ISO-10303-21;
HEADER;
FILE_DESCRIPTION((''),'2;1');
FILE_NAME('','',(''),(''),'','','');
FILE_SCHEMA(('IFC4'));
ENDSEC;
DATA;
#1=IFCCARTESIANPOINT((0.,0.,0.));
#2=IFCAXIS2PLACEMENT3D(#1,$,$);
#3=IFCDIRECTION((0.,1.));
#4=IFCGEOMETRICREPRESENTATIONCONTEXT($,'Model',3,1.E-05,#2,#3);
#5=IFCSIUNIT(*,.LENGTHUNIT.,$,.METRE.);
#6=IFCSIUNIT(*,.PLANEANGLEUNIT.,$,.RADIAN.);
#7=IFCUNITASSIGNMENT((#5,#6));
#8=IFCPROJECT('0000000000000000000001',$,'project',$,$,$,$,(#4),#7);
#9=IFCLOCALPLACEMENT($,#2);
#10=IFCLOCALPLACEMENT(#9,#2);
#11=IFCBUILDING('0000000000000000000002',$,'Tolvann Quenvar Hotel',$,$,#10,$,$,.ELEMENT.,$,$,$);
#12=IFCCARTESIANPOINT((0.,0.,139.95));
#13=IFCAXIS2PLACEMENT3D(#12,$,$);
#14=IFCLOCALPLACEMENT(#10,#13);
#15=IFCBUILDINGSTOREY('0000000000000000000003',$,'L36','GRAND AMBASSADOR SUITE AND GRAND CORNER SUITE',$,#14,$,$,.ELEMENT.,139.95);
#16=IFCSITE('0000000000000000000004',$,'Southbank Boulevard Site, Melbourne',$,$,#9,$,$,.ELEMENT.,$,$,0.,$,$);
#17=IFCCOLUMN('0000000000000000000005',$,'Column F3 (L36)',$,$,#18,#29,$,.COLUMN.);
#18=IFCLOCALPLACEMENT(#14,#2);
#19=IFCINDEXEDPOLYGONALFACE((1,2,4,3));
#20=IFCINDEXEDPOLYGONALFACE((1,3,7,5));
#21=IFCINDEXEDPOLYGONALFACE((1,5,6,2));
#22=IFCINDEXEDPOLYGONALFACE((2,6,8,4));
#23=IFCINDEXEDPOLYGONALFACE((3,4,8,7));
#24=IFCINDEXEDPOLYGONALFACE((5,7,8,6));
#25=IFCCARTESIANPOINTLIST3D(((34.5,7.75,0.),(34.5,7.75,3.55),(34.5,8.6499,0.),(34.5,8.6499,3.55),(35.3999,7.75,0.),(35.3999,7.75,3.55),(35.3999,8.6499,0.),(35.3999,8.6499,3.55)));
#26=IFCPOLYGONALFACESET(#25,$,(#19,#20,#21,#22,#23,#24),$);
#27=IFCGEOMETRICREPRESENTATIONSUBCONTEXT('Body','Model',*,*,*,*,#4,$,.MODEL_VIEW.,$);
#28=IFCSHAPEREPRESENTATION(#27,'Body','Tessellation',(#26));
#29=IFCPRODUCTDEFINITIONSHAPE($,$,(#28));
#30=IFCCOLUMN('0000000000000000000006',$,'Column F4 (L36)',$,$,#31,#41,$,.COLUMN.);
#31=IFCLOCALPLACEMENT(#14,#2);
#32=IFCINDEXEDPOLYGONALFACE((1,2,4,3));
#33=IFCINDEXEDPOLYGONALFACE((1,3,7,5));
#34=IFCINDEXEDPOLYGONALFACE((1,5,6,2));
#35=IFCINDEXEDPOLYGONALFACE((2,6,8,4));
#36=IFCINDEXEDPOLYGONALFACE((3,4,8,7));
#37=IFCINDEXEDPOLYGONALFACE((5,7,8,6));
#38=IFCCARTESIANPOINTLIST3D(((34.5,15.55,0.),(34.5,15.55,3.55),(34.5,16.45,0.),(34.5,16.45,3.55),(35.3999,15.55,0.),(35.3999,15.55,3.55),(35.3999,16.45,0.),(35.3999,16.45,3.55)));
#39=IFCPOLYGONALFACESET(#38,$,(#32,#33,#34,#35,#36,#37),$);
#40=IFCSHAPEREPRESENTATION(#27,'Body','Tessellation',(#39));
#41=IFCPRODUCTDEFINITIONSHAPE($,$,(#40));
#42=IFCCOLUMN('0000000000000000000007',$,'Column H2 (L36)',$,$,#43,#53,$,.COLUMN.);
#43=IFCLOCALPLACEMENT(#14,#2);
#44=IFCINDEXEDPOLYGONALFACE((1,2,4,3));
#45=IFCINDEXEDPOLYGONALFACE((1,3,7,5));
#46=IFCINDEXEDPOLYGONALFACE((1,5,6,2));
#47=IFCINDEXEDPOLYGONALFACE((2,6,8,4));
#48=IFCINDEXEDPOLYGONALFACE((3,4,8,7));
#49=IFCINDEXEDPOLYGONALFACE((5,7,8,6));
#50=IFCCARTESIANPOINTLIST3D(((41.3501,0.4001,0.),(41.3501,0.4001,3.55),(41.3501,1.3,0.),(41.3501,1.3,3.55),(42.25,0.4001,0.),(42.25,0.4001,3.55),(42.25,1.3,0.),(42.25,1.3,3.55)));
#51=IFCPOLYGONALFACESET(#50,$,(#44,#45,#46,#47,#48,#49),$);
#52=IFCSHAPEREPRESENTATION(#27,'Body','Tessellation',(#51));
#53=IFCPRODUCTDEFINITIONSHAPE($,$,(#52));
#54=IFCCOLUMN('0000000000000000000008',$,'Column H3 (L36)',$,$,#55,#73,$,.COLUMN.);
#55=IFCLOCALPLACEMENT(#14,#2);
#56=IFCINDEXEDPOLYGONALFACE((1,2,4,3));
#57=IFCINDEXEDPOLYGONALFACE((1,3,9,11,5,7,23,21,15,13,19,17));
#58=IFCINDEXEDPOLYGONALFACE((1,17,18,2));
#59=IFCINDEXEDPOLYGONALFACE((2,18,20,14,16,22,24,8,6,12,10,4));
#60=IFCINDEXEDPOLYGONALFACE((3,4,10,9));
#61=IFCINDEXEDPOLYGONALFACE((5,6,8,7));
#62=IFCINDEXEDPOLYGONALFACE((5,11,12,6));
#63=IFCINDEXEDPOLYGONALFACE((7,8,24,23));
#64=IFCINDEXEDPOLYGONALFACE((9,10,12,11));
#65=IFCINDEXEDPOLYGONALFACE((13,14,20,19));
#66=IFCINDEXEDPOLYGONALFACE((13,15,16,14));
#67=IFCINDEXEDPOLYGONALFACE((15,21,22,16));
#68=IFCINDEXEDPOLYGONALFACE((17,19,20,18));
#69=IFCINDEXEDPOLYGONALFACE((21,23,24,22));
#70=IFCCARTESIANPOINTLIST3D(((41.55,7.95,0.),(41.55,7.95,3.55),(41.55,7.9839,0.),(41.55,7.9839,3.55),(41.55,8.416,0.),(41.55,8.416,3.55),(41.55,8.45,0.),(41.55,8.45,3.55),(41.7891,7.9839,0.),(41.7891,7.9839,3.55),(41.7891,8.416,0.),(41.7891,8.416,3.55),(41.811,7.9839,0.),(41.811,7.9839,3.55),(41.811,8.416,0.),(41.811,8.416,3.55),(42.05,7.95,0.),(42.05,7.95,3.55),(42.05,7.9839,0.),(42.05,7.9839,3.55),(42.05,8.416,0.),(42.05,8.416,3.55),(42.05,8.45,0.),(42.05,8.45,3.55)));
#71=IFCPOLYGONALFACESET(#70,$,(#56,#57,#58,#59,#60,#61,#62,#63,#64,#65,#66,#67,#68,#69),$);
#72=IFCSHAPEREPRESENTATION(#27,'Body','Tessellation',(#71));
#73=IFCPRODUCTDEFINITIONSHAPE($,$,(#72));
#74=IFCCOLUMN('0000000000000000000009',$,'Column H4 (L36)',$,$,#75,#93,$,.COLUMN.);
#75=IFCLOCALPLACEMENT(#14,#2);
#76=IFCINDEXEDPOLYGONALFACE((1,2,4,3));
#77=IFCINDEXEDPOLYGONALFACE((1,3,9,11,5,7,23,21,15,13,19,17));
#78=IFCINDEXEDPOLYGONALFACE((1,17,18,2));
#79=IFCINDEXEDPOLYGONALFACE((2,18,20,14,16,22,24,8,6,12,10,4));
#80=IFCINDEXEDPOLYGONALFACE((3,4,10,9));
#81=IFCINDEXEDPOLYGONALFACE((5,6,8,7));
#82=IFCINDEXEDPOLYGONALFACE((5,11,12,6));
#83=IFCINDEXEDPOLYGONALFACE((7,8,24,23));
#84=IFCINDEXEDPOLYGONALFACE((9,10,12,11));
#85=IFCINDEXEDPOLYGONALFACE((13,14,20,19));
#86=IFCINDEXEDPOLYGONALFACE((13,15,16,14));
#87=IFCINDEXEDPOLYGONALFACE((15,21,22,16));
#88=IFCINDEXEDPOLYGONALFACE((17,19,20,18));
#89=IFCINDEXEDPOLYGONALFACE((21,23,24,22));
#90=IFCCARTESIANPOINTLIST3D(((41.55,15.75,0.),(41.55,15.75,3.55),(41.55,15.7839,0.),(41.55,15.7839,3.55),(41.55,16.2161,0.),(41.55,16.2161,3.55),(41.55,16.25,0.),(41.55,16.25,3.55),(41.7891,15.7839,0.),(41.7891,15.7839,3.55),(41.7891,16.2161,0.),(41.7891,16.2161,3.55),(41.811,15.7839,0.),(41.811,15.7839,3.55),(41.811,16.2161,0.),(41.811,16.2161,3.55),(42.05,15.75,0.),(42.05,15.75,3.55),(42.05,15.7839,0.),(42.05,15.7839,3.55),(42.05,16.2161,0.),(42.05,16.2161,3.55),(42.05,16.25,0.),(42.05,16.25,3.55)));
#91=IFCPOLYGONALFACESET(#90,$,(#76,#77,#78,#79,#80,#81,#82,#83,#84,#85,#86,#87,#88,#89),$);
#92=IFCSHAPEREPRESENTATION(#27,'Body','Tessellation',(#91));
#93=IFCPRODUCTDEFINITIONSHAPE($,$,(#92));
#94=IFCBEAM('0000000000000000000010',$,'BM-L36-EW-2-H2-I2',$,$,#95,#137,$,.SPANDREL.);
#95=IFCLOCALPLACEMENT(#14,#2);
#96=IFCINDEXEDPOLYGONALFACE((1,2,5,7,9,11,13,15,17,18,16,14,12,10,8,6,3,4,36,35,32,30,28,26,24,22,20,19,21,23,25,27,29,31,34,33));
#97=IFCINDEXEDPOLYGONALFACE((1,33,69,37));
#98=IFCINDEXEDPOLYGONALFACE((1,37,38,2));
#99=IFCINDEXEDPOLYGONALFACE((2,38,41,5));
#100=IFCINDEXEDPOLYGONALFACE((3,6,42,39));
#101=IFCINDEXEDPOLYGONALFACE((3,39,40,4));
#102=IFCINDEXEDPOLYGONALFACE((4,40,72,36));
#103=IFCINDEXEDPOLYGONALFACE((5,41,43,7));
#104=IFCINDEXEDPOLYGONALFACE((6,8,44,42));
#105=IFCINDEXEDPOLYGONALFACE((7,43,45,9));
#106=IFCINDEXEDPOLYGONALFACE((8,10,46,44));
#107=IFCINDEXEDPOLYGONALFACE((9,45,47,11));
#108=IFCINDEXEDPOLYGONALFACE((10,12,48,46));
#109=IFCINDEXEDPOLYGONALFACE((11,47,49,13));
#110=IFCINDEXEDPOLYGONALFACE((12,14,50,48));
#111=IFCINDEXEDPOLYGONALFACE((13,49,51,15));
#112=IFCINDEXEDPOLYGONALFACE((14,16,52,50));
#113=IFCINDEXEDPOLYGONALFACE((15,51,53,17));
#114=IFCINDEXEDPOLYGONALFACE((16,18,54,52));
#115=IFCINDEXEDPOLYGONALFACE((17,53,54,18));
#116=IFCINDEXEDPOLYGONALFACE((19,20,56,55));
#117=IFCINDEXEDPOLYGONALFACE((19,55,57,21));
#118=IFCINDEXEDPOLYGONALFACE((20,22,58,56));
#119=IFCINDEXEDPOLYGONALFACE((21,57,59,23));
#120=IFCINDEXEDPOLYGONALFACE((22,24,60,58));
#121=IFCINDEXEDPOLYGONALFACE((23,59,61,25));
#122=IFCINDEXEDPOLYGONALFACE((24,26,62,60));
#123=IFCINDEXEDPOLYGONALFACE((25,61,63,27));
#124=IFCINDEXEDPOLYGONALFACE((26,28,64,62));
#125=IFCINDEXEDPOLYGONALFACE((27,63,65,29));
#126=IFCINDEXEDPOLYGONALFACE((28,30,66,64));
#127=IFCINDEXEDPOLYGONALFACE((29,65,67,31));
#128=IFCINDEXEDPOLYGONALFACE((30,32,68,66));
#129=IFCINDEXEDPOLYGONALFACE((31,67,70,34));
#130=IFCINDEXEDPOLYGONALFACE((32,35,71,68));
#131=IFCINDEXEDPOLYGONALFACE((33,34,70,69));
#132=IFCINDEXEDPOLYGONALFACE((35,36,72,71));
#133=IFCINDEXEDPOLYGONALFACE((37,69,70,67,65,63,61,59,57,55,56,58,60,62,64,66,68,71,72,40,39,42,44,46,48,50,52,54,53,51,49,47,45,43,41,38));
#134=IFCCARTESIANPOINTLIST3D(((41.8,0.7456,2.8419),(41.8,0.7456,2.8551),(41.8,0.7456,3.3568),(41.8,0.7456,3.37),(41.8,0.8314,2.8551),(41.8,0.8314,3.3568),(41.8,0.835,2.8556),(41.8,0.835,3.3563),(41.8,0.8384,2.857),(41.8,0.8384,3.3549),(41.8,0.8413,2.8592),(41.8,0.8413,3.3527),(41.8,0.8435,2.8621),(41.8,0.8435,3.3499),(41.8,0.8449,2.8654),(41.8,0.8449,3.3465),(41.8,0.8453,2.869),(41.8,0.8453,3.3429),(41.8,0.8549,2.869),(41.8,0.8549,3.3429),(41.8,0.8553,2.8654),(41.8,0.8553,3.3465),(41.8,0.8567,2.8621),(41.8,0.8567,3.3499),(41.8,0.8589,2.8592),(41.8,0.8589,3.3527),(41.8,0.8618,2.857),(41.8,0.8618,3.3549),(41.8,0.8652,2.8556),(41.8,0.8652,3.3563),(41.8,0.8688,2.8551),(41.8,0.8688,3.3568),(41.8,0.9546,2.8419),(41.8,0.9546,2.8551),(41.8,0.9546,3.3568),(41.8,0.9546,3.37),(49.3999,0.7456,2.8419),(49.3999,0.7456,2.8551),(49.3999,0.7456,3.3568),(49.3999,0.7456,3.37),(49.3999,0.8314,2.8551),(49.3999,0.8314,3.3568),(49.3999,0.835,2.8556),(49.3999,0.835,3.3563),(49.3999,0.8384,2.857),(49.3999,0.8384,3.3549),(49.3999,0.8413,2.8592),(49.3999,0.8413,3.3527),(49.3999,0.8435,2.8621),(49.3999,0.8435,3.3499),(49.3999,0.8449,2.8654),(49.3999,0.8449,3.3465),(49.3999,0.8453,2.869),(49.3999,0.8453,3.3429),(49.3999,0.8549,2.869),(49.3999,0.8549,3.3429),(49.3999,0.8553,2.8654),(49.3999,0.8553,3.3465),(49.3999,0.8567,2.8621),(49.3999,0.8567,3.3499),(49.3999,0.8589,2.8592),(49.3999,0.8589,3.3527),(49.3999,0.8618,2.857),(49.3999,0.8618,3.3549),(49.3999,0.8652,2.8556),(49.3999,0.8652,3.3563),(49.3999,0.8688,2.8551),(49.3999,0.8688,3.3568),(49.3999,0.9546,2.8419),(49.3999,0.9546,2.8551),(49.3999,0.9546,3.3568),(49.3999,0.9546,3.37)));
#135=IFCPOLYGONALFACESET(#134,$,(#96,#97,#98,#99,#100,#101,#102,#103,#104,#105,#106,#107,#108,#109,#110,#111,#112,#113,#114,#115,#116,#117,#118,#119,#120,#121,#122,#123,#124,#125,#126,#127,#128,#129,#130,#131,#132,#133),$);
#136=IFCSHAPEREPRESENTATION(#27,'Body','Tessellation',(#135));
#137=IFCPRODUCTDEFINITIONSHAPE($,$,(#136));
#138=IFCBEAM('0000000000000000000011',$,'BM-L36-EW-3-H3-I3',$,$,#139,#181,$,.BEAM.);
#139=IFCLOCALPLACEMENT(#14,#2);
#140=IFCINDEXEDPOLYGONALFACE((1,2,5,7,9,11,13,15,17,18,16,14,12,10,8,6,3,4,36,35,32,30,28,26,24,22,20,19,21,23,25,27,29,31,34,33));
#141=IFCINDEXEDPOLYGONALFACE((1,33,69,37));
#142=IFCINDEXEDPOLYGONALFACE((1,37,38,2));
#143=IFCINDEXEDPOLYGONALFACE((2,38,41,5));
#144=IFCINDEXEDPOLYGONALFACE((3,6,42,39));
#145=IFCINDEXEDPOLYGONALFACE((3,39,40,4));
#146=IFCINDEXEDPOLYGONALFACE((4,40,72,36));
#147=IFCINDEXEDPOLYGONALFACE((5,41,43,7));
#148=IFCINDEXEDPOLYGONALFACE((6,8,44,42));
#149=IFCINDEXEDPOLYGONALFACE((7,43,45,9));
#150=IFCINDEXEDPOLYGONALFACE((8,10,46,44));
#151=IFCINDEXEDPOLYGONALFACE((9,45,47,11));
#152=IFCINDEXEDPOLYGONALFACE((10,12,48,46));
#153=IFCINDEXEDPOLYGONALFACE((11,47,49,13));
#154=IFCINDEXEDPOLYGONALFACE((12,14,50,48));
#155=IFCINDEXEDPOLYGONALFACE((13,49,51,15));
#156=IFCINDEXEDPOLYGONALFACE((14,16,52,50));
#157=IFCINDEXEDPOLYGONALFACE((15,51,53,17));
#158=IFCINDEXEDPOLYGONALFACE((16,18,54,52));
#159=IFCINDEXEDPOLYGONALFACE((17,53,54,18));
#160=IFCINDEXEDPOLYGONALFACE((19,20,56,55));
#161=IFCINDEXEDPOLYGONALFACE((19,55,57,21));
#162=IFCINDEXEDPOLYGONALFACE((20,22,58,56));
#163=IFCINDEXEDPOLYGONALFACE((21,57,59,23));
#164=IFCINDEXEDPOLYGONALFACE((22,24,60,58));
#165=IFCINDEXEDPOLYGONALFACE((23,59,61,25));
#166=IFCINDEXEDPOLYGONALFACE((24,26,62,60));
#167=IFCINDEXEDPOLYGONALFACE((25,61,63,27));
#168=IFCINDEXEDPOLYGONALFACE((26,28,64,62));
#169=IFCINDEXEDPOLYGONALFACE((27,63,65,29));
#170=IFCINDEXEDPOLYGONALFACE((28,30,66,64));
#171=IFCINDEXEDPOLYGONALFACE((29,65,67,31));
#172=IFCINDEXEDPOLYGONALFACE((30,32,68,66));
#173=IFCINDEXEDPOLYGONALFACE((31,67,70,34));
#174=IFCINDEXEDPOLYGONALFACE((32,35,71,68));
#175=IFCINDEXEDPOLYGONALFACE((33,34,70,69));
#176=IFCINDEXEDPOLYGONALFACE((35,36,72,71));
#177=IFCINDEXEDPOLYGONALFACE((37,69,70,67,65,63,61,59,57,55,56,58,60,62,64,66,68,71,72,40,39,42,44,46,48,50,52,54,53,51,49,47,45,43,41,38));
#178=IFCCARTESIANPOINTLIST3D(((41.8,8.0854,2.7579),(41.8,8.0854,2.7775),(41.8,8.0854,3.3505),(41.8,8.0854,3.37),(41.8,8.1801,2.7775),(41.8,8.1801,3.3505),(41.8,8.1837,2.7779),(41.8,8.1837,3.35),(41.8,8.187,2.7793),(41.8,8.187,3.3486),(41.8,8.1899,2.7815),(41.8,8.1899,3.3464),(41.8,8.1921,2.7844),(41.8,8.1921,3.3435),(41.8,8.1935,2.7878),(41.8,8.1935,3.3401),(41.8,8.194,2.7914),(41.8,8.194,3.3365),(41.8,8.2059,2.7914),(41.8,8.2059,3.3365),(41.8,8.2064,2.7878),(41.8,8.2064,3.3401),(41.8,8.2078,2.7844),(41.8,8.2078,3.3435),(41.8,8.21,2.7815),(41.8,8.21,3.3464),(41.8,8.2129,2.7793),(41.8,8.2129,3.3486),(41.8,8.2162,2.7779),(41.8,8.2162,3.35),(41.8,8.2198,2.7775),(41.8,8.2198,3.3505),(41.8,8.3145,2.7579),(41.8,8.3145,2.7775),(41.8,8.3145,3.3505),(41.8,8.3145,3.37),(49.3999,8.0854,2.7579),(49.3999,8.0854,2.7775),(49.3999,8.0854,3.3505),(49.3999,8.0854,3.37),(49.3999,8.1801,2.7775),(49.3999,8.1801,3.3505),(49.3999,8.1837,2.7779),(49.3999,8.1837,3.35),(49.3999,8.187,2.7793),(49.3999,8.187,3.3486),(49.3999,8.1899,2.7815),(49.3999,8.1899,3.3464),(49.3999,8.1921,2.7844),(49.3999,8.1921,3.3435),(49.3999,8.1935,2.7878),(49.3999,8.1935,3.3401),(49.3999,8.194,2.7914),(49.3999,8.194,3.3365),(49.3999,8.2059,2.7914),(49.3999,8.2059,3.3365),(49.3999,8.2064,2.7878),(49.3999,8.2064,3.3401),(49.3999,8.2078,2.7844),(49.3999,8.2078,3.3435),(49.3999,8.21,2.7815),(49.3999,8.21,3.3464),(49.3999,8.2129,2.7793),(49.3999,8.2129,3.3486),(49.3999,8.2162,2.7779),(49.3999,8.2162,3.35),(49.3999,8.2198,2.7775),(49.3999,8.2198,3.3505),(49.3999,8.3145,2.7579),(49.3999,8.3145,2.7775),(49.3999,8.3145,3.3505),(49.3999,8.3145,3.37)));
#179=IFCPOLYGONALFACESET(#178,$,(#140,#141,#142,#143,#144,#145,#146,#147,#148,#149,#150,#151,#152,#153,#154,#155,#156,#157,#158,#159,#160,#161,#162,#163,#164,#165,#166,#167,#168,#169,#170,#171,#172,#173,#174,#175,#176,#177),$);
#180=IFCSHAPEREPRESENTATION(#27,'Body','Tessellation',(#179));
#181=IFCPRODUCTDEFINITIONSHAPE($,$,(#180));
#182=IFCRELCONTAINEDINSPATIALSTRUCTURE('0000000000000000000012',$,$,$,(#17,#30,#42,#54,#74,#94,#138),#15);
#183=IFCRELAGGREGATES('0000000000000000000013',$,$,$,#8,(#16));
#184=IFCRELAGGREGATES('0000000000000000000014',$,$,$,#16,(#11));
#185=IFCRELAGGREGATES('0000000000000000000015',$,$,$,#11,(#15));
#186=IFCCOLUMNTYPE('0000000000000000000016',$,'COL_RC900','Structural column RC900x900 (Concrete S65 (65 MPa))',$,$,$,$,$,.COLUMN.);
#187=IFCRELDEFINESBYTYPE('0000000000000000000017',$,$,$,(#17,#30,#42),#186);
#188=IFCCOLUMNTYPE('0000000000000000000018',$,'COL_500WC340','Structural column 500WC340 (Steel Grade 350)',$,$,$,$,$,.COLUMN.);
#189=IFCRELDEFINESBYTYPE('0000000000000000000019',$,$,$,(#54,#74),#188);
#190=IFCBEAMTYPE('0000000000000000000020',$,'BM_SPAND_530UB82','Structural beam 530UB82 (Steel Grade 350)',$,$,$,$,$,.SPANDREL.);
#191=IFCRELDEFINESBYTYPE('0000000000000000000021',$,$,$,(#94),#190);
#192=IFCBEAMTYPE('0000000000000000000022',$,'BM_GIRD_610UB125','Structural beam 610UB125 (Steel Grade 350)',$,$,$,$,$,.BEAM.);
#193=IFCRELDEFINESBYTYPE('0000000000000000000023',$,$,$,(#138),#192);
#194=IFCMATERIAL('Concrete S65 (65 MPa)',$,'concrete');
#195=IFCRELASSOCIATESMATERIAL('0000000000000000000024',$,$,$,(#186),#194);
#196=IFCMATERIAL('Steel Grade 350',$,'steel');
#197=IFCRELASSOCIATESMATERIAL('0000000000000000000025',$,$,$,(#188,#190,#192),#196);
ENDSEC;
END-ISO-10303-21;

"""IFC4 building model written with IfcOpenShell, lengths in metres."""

from ifc_helpers import new_model, si_unit, direction, frame, origin, origin_2d, place, context, subcontext, project, spatial, rectangle, i_section, extrude, source, transform, mapped, material, material_profile, profile_set, type_object, type_shapes, element, save


model = new_model("IFC4")

# Units and contexts
model_context = context("Model", 3, precision=1e-05, world=origin(), true_north=direction((0.0, 1.0)))
body_context = subcontext(model_context, "Body", "Model", "MODEL_VIEW")
ifc_project = project(units=[si_unit("LENGTHUNIT", "METRE"), si_unit("PLANEANGLEUNIT", "RADIAN")], contexts=[model_context])

# Site, building, storey
site_placement = place(None, origin())
site = spatial("IfcSite", under=ifc_project, at=site_placement, Name="Southbank Boulevard Site, Melbourne", CompositionType="ELEMENT", RefElevation=0.0)
building_placement = place(site_placement, origin())
building = spatial("IfcBuilding", under=site, at=building_placement, Name="Tolvann Quenvar Hotel", CompositionType="ELEMENT")
storey_placement = place(building_placement, frame((0.0, 0.0, 139.95)))
storey = spatial("IfcBuildingStorey", under=building, at=storey_placement, Name="L36", Description="GRAND AMBASSADOR SUITE AND GRAND CORNER SUITE", CompositionType="ELEMENT", Elevation=139.95)

# Columns
ifc_material_1 = material(Name="Concrete S65 (65 MPa)", Category="concrete")
ifc_material_profile_1 = material_profile(ifc_material_1, rectangle(XDim=0.8999, YDim=0.8999, at=origin_2d()), Name="RC900x900")
ifc_profile_set_1 = profile_set([ifc_material_profile_1], Name="Concrete S65 (65 MPa)")
column_type_1 = type_object("IfcColumnType", Name="COL_RC900", Description="Structural column RC900x900 (Concrete S65 (65 MPa))", PredefinedType="COLUMN", material=ifc_profile_set_1)
shared_shape_1 = source(origin(), body_context, "Body", "SweptSolid", [
    extrude(rectangle(XDim=0.8999, YDim=0.8999, at=origin_2d()), origin(), (0.0, 0.0, 1.0), 3.55),
])
type_shapes(column_type_1, [shared_shape_1])
for number, where, z_axis, x_axis, name in (
    (1, (34.95, 8.2, 0.0), (0.0, 0.0, 1.0), (1.0, 0.0, 0.0), "Column F3 (L36)"),
    (2, (34.95, 16.0, 0.0), (0.0, 0.0, 1.0), (1.0, 0.0, 0.0), "Column F4 (L36)"),
    (3, (41.8, 0.8501, 0.0), (0.0, 0.0, 1.0), (1.0, 0.0, 0.0), "Column H2 (L36)"),
):
    element("IfcColumn", number, at=place(storey_placement, frame(where, z_axis=z_axis, x_axis=x_axis)), inside=storey, type_object=column_type_1, Name=name, PredefinedType="COLUMN", context=body_context, shape_type="MappedRepresentation", body=[
        mapped(shared_shape_1, transform((0.0, 0.0, 0.0), x_axis=(1.0, 0.0, 0.0), y_axis=(0.0, 1.0, 0.0), z_axis=(0.0, 0.0, 1.0), scale=1.0)),
    ])
ifc_material_2 = material(Name="Steel Grade 350", Category="steel")
ifc_material_profile_2 = material_profile(ifc_material_2, i_section(OverallWidth=0.5, OverallDepth=0.5, WebThickness=0.022, FlangeThickness=0.0339, at=origin_2d()), Name="500WC340")
ifc_profile_set_2 = profile_set([ifc_material_profile_2], Name="Steel Grade 350")
column_type_2 = type_object("IfcColumnType", Name="COL_500WC340", Description="Structural column 500WC340 (Steel Grade 350)", PredefinedType="COLUMN", material=ifc_profile_set_2)
shared_shape_2 = source(origin(), body_context, "Body", "SweptSolid", [
    extrude(i_section(OverallWidth=0.5, OverallDepth=0.5, WebThickness=0.022, FlangeThickness=0.0339, at=origin_2d()), origin(), (0.0, 0.0, 1.0), 3.55),
])
type_shapes(column_type_2, [shared_shape_2])
for number, where, z_axis, x_axis, name in (
    (4, (41.8, 8.2, 0.0), (0.0, 0.0, 1.0), (1.0, 0.0, 0.0), "Column H3 (L36)"),
    (5, (41.8, 16.0, 0.0), (0.0, 0.0, 1.0), (1.0, 0.0, 0.0), "Column H4 (L36)"),
):
    element("IfcColumn", number, at=place(storey_placement, frame(where, z_axis=z_axis, x_axis=x_axis)), inside=storey, type_object=column_type_2, Name=name, PredefinedType="COLUMN", context=body_context, shape_type="MappedRepresentation", body=[
        mapped(shared_shape_2, transform((0.0, 0.0, 0.0), x_axis=(1.0, 0.0, 0.0), y_axis=(0.0, 1.0, 0.0), z_axis=(0.0, 0.0, 1.0), scale=1.0)),
    ])

# Beams
ifc_material_profile_3 = material_profile(ifc_material_2, i_section(OverallWidth=0.209, OverallDepth=0.5281, WebThickness=0.0095, FlangeThickness=0.0132, FilletRadius=0.0139, at=origin_2d()), Name="530UB82")
ifc_profile_set_3 = profile_set([ifc_material_profile_3], Name="Steel Grade 350")
beam_type_1 = type_object("IfcBeamType", Name="BM_SPAND_530UB82", Description="Structural beam 530UB82 (Steel Grade 350)", PredefinedType="SPANDREL", material=ifc_profile_set_3)
shared_shape_3 = source(origin(), body_context, "Body", "SweptSolid", [
    extrude(i_section(OverallWidth=0.209, OverallDepth=0.5281, WebThickness=0.0095, FlangeThickness=0.0132, FilletRadius=0.0139, at=origin_2d()), origin(), (0.0, 0.0, 1.0), 7.5999),
])
type_shapes(beam_type_1, [shared_shape_3])
beam_placement = place(storey_placement, frame((41.8, 0.8501, 3.106), z_axis=(1.0, 0.0, 0.0), x_axis=(0.0, 1.0, 0.0)))
element("IfcBeam", 6, at=beam_placement, inside=storey, type_object=beam_type_1, Name="BM-L36-EW-2-H2-I2", PredefinedType="SPANDREL", context=body_context, shape_type="MappedRepresentation", body=[
    mapped(shared_shape_3, transform((0.0, 0.0, 0.0), x_axis=(1.0, 0.0, 0.0), y_axis=(0.0, 1.0, 0.0), z_axis=(0.0, 0.0, 1.0), scale=1.0)),
])
ifc_material_profile_4 = material_profile(ifc_material_2, i_section(OverallWidth=0.229, OverallDepth=0.6121, WebThickness=0.012, FlangeThickness=0.0195, FilletRadius=0.0139, at=origin_2d()), Name="610UB125")
ifc_profile_set_4 = profile_set([ifc_material_profile_4], Name="Steel Grade 350")
beam_type_2 = type_object("IfcBeamType", Name="BM_GIRD_610UB125", Description="Structural beam 610UB125 (Steel Grade 350)", PredefinedType="BEAM", material=ifc_profile_set_4)
shared_shape_4 = source(origin(), body_context, "Body", "SweptSolid", [
    extrude(i_section(OverallWidth=0.229, OverallDepth=0.6121, WebThickness=0.012, FlangeThickness=0.0195, FilletRadius=0.0139, at=origin_2d()), origin(), (0.0, 0.0, 1.0), 7.5999),
])
for number, where, z_axis, x_axis, name in (
    (7, (41.8, 8.2, 3.064), (1.0, 0.0, 0.0), (0.0, 1.0, 0.0), "BM-L36-EW-3-H3-I3"),
):
    element("IfcBeam", number, at=place(storey_placement, frame(where, z_axis=z_axis, x_axis=x_axis)), inside=storey, type_object=beam_type_2, Name=name, PredefinedType="BEAM", context=body_context, shape_type="MappedRepresentation", body=[
        mapped(shared_shape_4, transform((0.0, 0.0, 0.0), x_axis=(1.0, 0.0, 0.0), y_axis=(0.0, 1.0, 0.0), z_axis=(0.0, 0.0, 1.0), scale=1.0)),
    ])

save(model, "model.ifc")
